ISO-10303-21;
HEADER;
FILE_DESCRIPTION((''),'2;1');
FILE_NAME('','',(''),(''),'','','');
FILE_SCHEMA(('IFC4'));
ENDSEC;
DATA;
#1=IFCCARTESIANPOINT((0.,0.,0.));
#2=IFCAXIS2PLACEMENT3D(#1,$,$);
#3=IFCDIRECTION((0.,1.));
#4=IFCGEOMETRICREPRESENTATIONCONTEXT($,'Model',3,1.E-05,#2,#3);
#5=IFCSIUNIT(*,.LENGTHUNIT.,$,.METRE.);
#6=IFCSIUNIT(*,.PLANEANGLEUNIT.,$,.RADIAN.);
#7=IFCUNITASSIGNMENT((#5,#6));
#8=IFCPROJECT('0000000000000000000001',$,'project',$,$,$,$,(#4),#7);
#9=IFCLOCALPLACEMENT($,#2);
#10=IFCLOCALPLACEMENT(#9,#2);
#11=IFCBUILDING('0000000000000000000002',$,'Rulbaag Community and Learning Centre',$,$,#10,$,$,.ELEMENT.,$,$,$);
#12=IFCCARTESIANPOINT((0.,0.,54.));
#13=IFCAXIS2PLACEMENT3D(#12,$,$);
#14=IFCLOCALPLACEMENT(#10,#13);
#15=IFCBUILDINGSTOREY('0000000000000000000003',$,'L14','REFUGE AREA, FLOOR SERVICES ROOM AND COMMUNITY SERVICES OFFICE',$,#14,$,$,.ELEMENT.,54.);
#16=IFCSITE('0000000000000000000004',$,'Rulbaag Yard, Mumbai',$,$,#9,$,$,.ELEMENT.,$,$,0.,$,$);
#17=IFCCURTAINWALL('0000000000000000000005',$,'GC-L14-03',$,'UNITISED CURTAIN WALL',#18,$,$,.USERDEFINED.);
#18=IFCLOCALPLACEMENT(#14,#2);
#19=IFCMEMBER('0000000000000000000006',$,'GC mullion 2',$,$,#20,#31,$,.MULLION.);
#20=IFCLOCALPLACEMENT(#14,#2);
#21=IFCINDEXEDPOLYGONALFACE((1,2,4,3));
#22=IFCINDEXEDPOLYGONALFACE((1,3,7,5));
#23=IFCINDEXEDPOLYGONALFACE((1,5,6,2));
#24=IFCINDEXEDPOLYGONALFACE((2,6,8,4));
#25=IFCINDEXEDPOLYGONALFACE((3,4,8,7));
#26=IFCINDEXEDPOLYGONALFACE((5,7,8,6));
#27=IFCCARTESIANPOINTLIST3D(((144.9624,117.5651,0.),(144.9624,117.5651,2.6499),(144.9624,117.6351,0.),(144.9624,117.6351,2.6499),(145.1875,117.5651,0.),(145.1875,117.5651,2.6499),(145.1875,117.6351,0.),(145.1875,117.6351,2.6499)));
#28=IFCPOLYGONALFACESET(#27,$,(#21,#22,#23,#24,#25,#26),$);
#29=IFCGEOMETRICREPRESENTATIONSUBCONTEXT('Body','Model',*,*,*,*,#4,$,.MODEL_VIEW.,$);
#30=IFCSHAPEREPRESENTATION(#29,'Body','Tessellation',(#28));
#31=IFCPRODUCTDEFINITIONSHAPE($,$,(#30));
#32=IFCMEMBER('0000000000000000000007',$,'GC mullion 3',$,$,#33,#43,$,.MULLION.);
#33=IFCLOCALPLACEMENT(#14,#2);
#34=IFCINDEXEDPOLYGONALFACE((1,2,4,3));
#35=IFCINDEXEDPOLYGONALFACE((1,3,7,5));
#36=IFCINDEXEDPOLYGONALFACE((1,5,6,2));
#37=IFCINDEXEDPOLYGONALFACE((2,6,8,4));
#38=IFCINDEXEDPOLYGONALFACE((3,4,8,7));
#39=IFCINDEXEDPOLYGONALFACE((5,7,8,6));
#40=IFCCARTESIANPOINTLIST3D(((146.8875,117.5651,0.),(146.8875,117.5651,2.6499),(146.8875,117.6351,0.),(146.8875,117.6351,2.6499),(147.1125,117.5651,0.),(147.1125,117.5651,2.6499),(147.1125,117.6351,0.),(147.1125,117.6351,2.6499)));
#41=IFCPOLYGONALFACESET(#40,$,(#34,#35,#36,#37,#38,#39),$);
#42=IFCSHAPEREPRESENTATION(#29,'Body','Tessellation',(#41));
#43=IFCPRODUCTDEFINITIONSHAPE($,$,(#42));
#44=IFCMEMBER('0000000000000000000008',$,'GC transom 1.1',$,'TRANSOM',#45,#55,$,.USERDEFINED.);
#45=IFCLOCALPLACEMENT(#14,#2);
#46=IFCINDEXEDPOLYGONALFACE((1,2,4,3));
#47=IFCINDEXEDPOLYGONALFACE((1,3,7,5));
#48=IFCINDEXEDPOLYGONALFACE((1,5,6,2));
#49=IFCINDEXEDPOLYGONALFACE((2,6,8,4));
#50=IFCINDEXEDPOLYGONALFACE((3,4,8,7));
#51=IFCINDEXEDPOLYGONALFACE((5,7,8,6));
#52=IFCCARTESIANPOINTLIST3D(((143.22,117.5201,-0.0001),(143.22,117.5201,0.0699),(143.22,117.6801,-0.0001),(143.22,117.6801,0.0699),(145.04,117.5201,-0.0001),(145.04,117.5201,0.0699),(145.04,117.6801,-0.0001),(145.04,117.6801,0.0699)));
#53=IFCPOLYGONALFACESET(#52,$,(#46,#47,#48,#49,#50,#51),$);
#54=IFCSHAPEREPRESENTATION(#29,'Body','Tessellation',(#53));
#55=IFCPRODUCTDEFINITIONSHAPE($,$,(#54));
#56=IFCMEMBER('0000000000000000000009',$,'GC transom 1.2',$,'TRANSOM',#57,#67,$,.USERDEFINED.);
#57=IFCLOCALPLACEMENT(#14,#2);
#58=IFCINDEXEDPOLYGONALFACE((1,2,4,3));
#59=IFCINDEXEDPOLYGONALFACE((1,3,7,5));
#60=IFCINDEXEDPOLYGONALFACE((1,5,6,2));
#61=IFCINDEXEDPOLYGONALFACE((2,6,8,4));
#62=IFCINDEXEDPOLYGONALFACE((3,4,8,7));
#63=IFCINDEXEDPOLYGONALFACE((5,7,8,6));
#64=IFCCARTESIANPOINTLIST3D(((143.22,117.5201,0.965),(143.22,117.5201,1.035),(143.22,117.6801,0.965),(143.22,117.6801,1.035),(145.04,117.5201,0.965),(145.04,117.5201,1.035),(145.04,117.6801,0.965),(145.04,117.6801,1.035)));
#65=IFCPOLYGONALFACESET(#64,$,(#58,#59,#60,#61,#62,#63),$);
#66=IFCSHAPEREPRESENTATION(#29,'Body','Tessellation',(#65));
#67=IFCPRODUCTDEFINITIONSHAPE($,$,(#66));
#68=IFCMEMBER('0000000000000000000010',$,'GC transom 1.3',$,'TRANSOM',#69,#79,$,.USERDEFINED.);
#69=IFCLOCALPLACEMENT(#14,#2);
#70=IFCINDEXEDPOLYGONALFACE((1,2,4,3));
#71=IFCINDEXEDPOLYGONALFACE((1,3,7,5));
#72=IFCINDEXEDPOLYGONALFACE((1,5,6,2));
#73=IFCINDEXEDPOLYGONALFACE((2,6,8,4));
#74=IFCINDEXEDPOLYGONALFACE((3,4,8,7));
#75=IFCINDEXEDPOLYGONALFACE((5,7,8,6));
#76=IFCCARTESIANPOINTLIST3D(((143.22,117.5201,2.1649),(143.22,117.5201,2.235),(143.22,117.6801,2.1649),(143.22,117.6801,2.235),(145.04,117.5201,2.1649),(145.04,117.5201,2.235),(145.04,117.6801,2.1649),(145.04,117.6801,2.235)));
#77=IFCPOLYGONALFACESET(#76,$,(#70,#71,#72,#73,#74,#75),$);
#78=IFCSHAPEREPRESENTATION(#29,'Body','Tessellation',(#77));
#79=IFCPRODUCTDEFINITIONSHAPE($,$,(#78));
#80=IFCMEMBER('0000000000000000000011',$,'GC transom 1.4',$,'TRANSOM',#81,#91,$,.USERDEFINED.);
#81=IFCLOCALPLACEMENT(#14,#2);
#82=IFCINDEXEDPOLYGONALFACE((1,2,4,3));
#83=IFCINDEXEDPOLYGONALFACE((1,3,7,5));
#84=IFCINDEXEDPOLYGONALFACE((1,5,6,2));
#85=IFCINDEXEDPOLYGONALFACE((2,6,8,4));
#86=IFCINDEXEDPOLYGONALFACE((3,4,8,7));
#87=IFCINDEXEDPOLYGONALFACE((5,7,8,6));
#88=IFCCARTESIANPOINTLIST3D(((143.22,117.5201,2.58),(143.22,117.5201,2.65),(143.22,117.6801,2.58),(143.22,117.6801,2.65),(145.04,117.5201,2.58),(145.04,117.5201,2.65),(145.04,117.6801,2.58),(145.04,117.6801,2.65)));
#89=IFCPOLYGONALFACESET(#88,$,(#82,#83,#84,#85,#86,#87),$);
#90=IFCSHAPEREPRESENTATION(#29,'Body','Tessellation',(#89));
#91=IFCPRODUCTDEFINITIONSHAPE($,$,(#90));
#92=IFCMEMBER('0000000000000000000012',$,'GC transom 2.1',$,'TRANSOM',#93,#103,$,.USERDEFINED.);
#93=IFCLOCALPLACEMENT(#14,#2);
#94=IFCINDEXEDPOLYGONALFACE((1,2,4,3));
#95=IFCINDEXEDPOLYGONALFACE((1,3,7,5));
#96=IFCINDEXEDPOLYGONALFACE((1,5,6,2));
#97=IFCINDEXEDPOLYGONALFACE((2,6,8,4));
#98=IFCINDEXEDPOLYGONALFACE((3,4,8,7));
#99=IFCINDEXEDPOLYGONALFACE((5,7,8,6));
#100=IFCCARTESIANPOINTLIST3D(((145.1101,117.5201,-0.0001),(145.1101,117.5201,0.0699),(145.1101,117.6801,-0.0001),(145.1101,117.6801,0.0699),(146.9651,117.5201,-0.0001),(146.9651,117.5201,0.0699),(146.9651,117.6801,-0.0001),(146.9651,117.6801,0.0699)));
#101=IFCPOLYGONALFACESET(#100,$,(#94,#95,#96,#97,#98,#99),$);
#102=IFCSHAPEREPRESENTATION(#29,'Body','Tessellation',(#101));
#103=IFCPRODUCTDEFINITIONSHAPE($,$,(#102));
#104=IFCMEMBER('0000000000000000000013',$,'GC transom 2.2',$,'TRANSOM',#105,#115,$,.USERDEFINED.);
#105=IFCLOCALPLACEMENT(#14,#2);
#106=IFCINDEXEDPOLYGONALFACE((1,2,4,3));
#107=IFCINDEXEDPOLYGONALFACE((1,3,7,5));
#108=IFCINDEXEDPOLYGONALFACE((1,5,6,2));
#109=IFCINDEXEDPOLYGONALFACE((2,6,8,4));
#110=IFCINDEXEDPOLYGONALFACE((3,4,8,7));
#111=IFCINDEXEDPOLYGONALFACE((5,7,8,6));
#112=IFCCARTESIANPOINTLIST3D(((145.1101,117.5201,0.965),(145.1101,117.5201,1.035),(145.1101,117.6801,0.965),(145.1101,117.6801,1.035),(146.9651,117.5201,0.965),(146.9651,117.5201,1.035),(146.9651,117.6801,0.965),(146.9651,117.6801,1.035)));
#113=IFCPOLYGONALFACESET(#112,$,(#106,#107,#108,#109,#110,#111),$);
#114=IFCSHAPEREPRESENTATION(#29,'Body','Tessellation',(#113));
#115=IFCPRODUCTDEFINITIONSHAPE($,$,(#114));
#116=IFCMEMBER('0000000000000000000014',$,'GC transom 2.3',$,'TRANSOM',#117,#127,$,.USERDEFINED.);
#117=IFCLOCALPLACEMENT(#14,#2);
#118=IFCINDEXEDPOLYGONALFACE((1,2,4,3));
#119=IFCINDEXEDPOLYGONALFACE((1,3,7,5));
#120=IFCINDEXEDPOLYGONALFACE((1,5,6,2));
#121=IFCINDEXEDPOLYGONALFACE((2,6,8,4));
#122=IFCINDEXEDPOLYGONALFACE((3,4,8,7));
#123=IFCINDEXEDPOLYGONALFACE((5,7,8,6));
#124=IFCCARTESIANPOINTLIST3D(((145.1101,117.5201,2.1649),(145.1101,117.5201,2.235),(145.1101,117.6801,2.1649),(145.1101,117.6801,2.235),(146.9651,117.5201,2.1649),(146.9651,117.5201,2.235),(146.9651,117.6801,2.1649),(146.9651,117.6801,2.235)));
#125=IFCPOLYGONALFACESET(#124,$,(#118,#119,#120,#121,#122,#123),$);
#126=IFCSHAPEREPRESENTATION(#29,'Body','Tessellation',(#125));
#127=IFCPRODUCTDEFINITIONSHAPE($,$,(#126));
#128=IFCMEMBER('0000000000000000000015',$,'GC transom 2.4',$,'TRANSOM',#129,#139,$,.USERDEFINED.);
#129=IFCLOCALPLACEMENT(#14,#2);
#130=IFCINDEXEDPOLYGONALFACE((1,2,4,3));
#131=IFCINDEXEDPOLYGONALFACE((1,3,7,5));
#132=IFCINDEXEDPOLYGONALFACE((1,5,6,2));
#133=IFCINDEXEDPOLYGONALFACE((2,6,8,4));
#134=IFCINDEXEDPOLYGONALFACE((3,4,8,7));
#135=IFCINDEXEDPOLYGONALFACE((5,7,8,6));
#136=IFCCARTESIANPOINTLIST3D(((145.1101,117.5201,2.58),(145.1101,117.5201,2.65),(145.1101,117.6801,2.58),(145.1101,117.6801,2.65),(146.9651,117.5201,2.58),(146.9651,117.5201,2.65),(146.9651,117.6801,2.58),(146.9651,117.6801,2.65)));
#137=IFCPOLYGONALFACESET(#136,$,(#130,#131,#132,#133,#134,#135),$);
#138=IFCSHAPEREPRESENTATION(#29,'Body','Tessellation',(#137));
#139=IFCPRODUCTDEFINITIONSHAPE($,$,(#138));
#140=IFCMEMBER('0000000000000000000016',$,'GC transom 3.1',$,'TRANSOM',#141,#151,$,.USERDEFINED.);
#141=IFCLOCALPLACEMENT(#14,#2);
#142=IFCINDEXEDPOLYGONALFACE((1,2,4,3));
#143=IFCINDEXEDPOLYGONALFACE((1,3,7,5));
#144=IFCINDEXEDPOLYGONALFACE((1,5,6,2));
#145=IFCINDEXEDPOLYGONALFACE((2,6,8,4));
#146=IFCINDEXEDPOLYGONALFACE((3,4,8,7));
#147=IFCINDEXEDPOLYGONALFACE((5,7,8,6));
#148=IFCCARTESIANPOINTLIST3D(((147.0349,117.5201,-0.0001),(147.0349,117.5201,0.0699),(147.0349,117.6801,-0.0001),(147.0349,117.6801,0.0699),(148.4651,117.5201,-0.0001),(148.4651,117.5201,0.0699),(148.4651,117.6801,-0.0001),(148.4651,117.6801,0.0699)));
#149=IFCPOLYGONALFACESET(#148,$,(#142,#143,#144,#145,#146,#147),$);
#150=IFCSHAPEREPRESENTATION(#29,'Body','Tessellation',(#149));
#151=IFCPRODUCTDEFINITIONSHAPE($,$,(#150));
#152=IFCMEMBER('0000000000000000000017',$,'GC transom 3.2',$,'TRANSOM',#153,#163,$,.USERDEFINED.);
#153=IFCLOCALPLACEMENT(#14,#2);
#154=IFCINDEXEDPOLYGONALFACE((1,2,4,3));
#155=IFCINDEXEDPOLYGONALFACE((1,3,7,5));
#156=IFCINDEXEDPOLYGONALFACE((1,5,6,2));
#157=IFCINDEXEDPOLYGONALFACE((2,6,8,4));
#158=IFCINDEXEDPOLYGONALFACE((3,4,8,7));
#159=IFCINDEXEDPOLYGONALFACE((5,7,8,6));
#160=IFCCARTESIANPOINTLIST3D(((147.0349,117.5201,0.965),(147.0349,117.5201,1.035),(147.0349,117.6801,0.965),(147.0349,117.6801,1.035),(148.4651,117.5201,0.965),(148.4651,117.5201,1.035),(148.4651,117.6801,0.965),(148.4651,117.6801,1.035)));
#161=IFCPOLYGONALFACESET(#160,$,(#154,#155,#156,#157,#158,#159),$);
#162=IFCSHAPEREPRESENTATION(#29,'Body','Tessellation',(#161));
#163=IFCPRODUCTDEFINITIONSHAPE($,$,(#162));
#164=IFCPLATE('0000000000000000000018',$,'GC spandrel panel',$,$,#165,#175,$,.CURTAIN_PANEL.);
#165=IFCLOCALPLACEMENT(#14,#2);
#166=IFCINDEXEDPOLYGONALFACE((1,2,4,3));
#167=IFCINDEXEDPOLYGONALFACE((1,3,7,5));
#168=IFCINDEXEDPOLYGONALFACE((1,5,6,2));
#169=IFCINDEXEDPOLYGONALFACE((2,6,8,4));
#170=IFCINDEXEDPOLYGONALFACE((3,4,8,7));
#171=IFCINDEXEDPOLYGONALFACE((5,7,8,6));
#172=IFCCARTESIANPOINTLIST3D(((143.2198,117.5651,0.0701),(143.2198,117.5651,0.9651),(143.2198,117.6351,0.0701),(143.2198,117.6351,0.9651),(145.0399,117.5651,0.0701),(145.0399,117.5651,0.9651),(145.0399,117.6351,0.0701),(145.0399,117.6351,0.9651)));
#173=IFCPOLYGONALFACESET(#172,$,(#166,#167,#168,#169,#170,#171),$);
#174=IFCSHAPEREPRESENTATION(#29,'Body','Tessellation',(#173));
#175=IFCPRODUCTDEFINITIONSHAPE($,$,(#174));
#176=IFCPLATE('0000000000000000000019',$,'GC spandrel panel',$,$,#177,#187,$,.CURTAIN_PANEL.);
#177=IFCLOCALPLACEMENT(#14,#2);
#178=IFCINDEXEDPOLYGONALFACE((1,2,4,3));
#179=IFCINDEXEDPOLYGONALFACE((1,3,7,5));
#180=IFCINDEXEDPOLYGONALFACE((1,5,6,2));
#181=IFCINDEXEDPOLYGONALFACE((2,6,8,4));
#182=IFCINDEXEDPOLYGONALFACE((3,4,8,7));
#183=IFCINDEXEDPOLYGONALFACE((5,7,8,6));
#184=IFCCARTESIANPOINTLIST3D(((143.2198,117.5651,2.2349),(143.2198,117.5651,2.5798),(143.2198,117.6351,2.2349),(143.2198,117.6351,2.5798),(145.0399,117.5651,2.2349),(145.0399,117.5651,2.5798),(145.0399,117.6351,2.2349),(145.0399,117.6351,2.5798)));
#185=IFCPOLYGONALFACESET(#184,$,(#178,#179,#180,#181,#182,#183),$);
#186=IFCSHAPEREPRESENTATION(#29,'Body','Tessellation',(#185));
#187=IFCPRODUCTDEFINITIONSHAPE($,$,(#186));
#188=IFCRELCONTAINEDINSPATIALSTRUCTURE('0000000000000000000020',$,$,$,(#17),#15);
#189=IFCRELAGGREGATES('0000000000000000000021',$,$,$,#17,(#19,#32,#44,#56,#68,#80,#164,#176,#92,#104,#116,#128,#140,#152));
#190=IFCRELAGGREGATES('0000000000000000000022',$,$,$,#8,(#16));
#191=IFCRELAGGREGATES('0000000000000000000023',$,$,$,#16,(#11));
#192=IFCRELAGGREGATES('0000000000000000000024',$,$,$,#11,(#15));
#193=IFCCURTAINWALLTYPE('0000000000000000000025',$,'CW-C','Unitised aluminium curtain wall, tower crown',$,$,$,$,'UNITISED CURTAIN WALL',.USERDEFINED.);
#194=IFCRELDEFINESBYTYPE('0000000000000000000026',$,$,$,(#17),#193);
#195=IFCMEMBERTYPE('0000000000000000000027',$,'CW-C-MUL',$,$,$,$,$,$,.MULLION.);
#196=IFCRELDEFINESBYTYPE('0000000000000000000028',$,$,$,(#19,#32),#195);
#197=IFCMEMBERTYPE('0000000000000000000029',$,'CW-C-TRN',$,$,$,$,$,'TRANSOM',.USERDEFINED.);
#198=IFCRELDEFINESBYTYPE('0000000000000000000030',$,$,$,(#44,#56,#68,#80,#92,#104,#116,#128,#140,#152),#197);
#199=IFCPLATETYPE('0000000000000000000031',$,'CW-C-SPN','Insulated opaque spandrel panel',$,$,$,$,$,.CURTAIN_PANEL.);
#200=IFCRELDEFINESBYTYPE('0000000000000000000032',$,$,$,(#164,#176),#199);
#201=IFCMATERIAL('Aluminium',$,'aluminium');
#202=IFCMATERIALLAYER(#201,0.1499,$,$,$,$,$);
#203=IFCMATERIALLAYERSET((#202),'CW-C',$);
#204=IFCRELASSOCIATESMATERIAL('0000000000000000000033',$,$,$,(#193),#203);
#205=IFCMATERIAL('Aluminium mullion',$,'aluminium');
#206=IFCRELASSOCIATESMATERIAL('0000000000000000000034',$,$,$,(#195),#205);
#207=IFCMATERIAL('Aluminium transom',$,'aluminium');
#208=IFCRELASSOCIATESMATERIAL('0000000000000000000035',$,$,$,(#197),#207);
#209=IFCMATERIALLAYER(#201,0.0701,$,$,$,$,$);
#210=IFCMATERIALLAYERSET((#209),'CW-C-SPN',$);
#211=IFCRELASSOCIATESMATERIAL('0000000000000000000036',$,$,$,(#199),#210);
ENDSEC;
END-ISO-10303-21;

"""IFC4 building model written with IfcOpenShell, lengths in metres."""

from ifc_helpers import new_model, si_unit, direction, frame, origin, origin_2d, place, context, subcontext, project, spatial, rectangle, extrude, material, layer, layer_set, material_profile, profile_set, type_object, element, aggregate, save


model = new_model("IFC4")

# Units and contexts
model_context = context("Model", 3, precision=1e-05, world=origin(), true_north=direction((0.0, 1.0)))
body_context = subcontext(model_context, "Body", "Model", "MODEL_VIEW")
ifc_project = project(units=[si_unit("LENGTHUNIT", "METRE"), si_unit("PLANEANGLEUNIT", "RADIAN")], contexts=[model_context])

# Site, building, storey
site_placement = place(None, origin())
site = spatial("IfcSite", under=ifc_project, at=site_placement, Name="Rulbaag Yard, Mumbai", CompositionType="ELEMENT", RefElevation=0.0)
building_placement = place(site_placement, origin())
building = spatial("IfcBuilding", under=site, at=building_placement, Name="Rulbaag Community and Learning Centre", CompositionType="ELEMENT")
storey_placement = place(building_placement, frame((0.0, 0.0, 54.0)))
storey = spatial("IfcBuildingStorey", under=building, at=storey_placement, Name="L14", Description="REFUGE AREA, FLOOR SERVICES ROOM AND COMMUNITY SERVICES OFFICE", CompositionType="ELEMENT", Elevation=54.0)

# Curtain wall, members, plates
ifc_material_1 = material(Name="Aluminium", Category="aluminium")
ifc_layer_1 = layer(ifc_material_1, 0.1499)
ifc_layer_set_1 = layer_set([ifc_layer_1], Name="CW-C")
curtain_wall_type = type_object("IfcCurtainWallType", Name="CW-C", Description="Unitised aluminium curtain wall, tower crown", ElementType="UNITISED CURTAIN WALL", PredefinedType="USERDEFINED", material=ifc_layer_set_1)
curtain_wall_placement = place(storey_placement, origin())
curtain_wall = element("IfcCurtainWall", 1, at=curtain_wall_placement, inside=storey, type_object=curtain_wall_type, Name="GC-L14-03", ObjectType="UNITISED CURTAIN WALL", PredefinedType="USERDEFINED")
ifc_material_2 = material(Name="Aluminium mullion", Category="aluminium")
ifc_material_profile_1 = material_profile(ifc_material_2, rectangle(XDim=0.0701, YDim=0.2251, at=origin_2d()), Name="AL 70x225")
ifc_profile_set_1 = profile_set([ifc_material_profile_1], Name="Aluminium mullion")
member_type_1 = type_object("IfcMemberType", Name="CW-C-MUL", PredefinedType="MULLION", material=ifc_profile_set_1)
member_1_placement = place(storey_placement, frame((145.075, 117.6001, 0.0), z_axis=(0.0, 0.0, 1.0), x_axis=(0.0, 1.0, 0.0)))
member_1 = element("IfcMember", 2, at=member_1_placement, type_object=member_type_1, Name="GC mullion 2", PredefinedType="MULLION", context=body_context, shape_type="SweptSolid", body=[
    extrude(rectangle(XDim=0.0701, YDim=0.2251, at=origin_2d()), origin(), (0.0, 0.0, 1.0), 2.6499),
])
member_2_placement = place(storey_placement, frame((147.0, 117.6001, 0.0), z_axis=(0.0, 0.0, 1.0), x_axis=(0.0, 1.0, 0.0)))
member_2 = element("IfcMember", 3, at=member_2_placement, type_object=member_type_1, Name="GC mullion 3", PredefinedType="MULLION", context=body_context, shape_type="SweptSolid", body=[
    extrude(rectangle(XDim=0.0701, YDim=0.2251, at=origin_2d()), origin(), (0.0, 0.0, 1.0), 2.6499),
])
ifc_material_3 = material(Name="Aluminium transom", Category="aluminium")
ifc_material_profile_2 = material_profile(ifc_material_3, rectangle(XDim=0.1599, YDim=0.0701, at=origin_2d()), Name="AL 70x160 T")
ifc_profile_set_2 = profile_set([ifc_material_profile_2], Name="Aluminium transom")
member_type_2 = type_object("IfcMemberType", Name="CW-C-TRN", ElementType="TRANSOM", PredefinedType="USERDEFINED", material=ifc_profile_set_2)
member_3_placement = place(storey_placement, frame((143.22, 117.6001, 0.0349), z_axis=(1.0, 0.0, 0.0), x_axis=(0.0, 1.0, 0.0)))
member_3 = element("IfcMember", 4, at=member_3_placement, type_object=member_type_2, Name="GC transom 1.1", ObjectType="TRANSOM", PredefinedType="USERDEFINED", context=body_context, shape_type="SweptSolid", body=[
    extrude(rectangle(XDim=0.1599, YDim=0.0701, at=origin_2d()), origin(), (0.0, 0.0, 1.0), 1.8201),
])
member_4_placement = place(storey_placement, frame((143.22, 117.6001, 1.0), z_axis=(1.0, 0.0, 0.0), x_axis=(0.0, 1.0, 0.0)))
member_4 = element("IfcMember", 5, at=member_4_placement, type_object=member_type_2, Name="GC transom 1.2", ObjectType="TRANSOM", PredefinedType="USERDEFINED", context=body_context, shape_type="SweptSolid", body=[
    extrude(rectangle(XDim=0.1599, YDim=0.0701, at=origin_2d()), origin(), (0.0, 0.0, 1.0), 1.8201),
])
member_5_placement = place(storey_placement, frame((143.22, 117.6001, 2.2), z_axis=(1.0, 0.0, 0.0), x_axis=(0.0, 1.0, 0.0)))
member_5 = element("IfcMember", 6, at=member_5_placement, type_object=member_type_2, Name="GC transom 1.3", ObjectType="TRANSOM", PredefinedType="USERDEFINED", context=body_context, shape_type="SweptSolid", body=[
    extrude(rectangle(XDim=0.1599, YDim=0.0701, at=origin_2d()), origin(), (0.0, 0.0, 1.0), 1.8201),
])
member_6_placement = place(storey_placement, frame((143.22, 117.6001, 2.615), z_axis=(1.0, 0.0, 0.0), x_axis=(0.0, 1.0, 0.0)))
member_6 = element("IfcMember", 7, at=member_6_placement, type_object=member_type_2, Name="GC transom 1.4", ObjectType="TRANSOM", PredefinedType="USERDEFINED", context=body_context, shape_type="SweptSolid", body=[
    extrude(rectangle(XDim=0.1599, YDim=0.0701, at=origin_2d()), origin(), (0.0, 0.0, 1.0), 1.8201),
])
member_7_placement = place(storey_placement, frame((145.1101, 117.6001, 0.0349), z_axis=(1.0, 0.0, 0.0), x_axis=(0.0, 1.0, 0.0)))
member_7 = element("IfcMember", 8, at=member_7_placement, type_object=member_type_2, Name="GC transom 2.1", ObjectType="TRANSOM", PredefinedType="USERDEFINED", context=body_context, shape_type="SweptSolid", body=[
    extrude(rectangle(XDim=0.1599, YDim=0.0701, at=origin_2d()), origin(), (0.0, 0.0, 1.0), 1.855),
])
member_8_placement = place(storey_placement, frame((145.1101, 117.6001, 1.0), z_axis=(1.0, 0.0, 0.0), x_axis=(0.0, 1.0, 0.0)))
member_8 = element("IfcMember", 9, at=member_8_placement, type_object=member_type_2, Name="GC transom 2.2", ObjectType="TRANSOM", PredefinedType="USERDEFINED", context=body_context, shape_type="SweptSolid", body=[
    extrude(rectangle(XDim=0.1599, YDim=0.0701, at=origin_2d()), origin(), (0.0, 0.0, 1.0), 1.855),
])
member_9_placement = place(storey_placement, frame((145.1101, 117.6001, 2.2), z_axis=(1.0, 0.0, 0.0), x_axis=(0.0, 1.0, 0.0)))
member_9 = element("IfcMember", 10, at=member_9_placement, type_object=member_type_2, Name="GC transom 2.3", ObjectType="TRANSOM", PredefinedType="USERDEFINED", context=body_context, shape_type="SweptSolid", body=[
    extrude(rectangle(XDim=0.1599, YDim=0.0701, at=origin_2d()), origin(), (0.0, 0.0, 1.0), 1.855),
])
member_10_placement = place(storey_placement, frame((145.1101, 117.6001, 2.615), z_axis=(1.0, 0.0, 0.0), x_axis=(0.0, 1.0, 0.0)))
member_10 = element("IfcMember", 11, at=member_10_placement, type_object=member_type_2, Name="GC transom 2.4", ObjectType="TRANSOM", PredefinedType="USERDEFINED", context=body_context, shape_type="SweptSolid", body=[
    extrude(rectangle(XDim=0.1599, YDim=0.0701, at=origin_2d()), origin(), (0.0, 0.0, 1.0), 1.855),
])
member_11_placement = place(storey_placement, frame((147.0349, 117.6001, 0.0349), z_axis=(1.0, 0.0, 0.0), x_axis=(0.0, 1.0, 0.0)))
member_11 = element("IfcMember", 12, at=member_11_placement, type_object=member_type_2, Name="GC transom 3.1", ObjectType="TRANSOM", PredefinedType="USERDEFINED", context=body_context, shape_type="SweptSolid", body=[
    extrude(rectangle(XDim=0.1599, YDim=0.0701, at=origin_2d()), origin(), (0.0, 0.0, 1.0), 1.4302),
])
member_12_placement = place(storey_placement, frame((147.0349, 117.6001, 1.0), z_axis=(1.0, 0.0, 0.0), x_axis=(0.0, 1.0, 0.0)))
member_12 = element("IfcMember", 13, at=member_12_placement, type_object=member_type_2, Name="GC transom 3.2", ObjectType="TRANSOM", PredefinedType="USERDEFINED", context=body_context, shape_type="SweptSolid", body=[
    extrude(rectangle(XDim=0.1599, YDim=0.0701, at=origin_2d()), origin(), (0.0, 0.0, 1.0), 1.4302),
])
ifc_layer_2 = layer(ifc_material_1, 0.0701)
ifc_layer_set_2 = layer_set([ifc_layer_2], Name="CW-C-SPN")
plate_type_1 = type_object("IfcPlateType", Name="CW-C-SPN", Description="Insulated opaque spandrel panel", PredefinedType="CURTAIN_PANEL", material=ifc_layer_set_2)
plate_1_placement = place(storey_placement, frame((144.1299, 117.6001, 0.0701), z_axis=(0.0, 0.0, 1.0), x_axis=(1.0, 0.0, 0.0)))
plate_1 = element("IfcPlate", 14, at=plate_1_placement, type_object=plate_type_1, Name="GC spandrel panel", PredefinedType="CURTAIN_PANEL", context=body_context, shape_type="SweptSolid", body=[
    extrude(rectangle(XDim=1.8201, YDim=0.0701, at=origin_2d()), origin(), (0.0, 0.0, 1.0), 0.895),
])
plate_2_placement = place(storey_placement, frame((144.1299, 117.6001, 2.2349), z_axis=(0.0, 0.0, 1.0), x_axis=(1.0, 0.0, 0.0)))
plate_2 = element("IfcPlate", 15, at=plate_2_placement, type_object=plate_type_1, Name="GC spandrel panel", PredefinedType="CURTAIN_PANEL", context=body_context, shape_type="SweptSolid", body=[
    extrude(rectangle(XDim=1.8201, YDim=0.0701, at=origin_2d()), origin(), (0.0, 0.0, 1.0), 0.345),
])
aggregate(curtain_wall, [member_1, member_2, member_3, member_4, member_5, member_6, plate_1, plate_2, member_7, member_8, member_9, member_10, member_11, member_12])

save(model, "model.ifc")
